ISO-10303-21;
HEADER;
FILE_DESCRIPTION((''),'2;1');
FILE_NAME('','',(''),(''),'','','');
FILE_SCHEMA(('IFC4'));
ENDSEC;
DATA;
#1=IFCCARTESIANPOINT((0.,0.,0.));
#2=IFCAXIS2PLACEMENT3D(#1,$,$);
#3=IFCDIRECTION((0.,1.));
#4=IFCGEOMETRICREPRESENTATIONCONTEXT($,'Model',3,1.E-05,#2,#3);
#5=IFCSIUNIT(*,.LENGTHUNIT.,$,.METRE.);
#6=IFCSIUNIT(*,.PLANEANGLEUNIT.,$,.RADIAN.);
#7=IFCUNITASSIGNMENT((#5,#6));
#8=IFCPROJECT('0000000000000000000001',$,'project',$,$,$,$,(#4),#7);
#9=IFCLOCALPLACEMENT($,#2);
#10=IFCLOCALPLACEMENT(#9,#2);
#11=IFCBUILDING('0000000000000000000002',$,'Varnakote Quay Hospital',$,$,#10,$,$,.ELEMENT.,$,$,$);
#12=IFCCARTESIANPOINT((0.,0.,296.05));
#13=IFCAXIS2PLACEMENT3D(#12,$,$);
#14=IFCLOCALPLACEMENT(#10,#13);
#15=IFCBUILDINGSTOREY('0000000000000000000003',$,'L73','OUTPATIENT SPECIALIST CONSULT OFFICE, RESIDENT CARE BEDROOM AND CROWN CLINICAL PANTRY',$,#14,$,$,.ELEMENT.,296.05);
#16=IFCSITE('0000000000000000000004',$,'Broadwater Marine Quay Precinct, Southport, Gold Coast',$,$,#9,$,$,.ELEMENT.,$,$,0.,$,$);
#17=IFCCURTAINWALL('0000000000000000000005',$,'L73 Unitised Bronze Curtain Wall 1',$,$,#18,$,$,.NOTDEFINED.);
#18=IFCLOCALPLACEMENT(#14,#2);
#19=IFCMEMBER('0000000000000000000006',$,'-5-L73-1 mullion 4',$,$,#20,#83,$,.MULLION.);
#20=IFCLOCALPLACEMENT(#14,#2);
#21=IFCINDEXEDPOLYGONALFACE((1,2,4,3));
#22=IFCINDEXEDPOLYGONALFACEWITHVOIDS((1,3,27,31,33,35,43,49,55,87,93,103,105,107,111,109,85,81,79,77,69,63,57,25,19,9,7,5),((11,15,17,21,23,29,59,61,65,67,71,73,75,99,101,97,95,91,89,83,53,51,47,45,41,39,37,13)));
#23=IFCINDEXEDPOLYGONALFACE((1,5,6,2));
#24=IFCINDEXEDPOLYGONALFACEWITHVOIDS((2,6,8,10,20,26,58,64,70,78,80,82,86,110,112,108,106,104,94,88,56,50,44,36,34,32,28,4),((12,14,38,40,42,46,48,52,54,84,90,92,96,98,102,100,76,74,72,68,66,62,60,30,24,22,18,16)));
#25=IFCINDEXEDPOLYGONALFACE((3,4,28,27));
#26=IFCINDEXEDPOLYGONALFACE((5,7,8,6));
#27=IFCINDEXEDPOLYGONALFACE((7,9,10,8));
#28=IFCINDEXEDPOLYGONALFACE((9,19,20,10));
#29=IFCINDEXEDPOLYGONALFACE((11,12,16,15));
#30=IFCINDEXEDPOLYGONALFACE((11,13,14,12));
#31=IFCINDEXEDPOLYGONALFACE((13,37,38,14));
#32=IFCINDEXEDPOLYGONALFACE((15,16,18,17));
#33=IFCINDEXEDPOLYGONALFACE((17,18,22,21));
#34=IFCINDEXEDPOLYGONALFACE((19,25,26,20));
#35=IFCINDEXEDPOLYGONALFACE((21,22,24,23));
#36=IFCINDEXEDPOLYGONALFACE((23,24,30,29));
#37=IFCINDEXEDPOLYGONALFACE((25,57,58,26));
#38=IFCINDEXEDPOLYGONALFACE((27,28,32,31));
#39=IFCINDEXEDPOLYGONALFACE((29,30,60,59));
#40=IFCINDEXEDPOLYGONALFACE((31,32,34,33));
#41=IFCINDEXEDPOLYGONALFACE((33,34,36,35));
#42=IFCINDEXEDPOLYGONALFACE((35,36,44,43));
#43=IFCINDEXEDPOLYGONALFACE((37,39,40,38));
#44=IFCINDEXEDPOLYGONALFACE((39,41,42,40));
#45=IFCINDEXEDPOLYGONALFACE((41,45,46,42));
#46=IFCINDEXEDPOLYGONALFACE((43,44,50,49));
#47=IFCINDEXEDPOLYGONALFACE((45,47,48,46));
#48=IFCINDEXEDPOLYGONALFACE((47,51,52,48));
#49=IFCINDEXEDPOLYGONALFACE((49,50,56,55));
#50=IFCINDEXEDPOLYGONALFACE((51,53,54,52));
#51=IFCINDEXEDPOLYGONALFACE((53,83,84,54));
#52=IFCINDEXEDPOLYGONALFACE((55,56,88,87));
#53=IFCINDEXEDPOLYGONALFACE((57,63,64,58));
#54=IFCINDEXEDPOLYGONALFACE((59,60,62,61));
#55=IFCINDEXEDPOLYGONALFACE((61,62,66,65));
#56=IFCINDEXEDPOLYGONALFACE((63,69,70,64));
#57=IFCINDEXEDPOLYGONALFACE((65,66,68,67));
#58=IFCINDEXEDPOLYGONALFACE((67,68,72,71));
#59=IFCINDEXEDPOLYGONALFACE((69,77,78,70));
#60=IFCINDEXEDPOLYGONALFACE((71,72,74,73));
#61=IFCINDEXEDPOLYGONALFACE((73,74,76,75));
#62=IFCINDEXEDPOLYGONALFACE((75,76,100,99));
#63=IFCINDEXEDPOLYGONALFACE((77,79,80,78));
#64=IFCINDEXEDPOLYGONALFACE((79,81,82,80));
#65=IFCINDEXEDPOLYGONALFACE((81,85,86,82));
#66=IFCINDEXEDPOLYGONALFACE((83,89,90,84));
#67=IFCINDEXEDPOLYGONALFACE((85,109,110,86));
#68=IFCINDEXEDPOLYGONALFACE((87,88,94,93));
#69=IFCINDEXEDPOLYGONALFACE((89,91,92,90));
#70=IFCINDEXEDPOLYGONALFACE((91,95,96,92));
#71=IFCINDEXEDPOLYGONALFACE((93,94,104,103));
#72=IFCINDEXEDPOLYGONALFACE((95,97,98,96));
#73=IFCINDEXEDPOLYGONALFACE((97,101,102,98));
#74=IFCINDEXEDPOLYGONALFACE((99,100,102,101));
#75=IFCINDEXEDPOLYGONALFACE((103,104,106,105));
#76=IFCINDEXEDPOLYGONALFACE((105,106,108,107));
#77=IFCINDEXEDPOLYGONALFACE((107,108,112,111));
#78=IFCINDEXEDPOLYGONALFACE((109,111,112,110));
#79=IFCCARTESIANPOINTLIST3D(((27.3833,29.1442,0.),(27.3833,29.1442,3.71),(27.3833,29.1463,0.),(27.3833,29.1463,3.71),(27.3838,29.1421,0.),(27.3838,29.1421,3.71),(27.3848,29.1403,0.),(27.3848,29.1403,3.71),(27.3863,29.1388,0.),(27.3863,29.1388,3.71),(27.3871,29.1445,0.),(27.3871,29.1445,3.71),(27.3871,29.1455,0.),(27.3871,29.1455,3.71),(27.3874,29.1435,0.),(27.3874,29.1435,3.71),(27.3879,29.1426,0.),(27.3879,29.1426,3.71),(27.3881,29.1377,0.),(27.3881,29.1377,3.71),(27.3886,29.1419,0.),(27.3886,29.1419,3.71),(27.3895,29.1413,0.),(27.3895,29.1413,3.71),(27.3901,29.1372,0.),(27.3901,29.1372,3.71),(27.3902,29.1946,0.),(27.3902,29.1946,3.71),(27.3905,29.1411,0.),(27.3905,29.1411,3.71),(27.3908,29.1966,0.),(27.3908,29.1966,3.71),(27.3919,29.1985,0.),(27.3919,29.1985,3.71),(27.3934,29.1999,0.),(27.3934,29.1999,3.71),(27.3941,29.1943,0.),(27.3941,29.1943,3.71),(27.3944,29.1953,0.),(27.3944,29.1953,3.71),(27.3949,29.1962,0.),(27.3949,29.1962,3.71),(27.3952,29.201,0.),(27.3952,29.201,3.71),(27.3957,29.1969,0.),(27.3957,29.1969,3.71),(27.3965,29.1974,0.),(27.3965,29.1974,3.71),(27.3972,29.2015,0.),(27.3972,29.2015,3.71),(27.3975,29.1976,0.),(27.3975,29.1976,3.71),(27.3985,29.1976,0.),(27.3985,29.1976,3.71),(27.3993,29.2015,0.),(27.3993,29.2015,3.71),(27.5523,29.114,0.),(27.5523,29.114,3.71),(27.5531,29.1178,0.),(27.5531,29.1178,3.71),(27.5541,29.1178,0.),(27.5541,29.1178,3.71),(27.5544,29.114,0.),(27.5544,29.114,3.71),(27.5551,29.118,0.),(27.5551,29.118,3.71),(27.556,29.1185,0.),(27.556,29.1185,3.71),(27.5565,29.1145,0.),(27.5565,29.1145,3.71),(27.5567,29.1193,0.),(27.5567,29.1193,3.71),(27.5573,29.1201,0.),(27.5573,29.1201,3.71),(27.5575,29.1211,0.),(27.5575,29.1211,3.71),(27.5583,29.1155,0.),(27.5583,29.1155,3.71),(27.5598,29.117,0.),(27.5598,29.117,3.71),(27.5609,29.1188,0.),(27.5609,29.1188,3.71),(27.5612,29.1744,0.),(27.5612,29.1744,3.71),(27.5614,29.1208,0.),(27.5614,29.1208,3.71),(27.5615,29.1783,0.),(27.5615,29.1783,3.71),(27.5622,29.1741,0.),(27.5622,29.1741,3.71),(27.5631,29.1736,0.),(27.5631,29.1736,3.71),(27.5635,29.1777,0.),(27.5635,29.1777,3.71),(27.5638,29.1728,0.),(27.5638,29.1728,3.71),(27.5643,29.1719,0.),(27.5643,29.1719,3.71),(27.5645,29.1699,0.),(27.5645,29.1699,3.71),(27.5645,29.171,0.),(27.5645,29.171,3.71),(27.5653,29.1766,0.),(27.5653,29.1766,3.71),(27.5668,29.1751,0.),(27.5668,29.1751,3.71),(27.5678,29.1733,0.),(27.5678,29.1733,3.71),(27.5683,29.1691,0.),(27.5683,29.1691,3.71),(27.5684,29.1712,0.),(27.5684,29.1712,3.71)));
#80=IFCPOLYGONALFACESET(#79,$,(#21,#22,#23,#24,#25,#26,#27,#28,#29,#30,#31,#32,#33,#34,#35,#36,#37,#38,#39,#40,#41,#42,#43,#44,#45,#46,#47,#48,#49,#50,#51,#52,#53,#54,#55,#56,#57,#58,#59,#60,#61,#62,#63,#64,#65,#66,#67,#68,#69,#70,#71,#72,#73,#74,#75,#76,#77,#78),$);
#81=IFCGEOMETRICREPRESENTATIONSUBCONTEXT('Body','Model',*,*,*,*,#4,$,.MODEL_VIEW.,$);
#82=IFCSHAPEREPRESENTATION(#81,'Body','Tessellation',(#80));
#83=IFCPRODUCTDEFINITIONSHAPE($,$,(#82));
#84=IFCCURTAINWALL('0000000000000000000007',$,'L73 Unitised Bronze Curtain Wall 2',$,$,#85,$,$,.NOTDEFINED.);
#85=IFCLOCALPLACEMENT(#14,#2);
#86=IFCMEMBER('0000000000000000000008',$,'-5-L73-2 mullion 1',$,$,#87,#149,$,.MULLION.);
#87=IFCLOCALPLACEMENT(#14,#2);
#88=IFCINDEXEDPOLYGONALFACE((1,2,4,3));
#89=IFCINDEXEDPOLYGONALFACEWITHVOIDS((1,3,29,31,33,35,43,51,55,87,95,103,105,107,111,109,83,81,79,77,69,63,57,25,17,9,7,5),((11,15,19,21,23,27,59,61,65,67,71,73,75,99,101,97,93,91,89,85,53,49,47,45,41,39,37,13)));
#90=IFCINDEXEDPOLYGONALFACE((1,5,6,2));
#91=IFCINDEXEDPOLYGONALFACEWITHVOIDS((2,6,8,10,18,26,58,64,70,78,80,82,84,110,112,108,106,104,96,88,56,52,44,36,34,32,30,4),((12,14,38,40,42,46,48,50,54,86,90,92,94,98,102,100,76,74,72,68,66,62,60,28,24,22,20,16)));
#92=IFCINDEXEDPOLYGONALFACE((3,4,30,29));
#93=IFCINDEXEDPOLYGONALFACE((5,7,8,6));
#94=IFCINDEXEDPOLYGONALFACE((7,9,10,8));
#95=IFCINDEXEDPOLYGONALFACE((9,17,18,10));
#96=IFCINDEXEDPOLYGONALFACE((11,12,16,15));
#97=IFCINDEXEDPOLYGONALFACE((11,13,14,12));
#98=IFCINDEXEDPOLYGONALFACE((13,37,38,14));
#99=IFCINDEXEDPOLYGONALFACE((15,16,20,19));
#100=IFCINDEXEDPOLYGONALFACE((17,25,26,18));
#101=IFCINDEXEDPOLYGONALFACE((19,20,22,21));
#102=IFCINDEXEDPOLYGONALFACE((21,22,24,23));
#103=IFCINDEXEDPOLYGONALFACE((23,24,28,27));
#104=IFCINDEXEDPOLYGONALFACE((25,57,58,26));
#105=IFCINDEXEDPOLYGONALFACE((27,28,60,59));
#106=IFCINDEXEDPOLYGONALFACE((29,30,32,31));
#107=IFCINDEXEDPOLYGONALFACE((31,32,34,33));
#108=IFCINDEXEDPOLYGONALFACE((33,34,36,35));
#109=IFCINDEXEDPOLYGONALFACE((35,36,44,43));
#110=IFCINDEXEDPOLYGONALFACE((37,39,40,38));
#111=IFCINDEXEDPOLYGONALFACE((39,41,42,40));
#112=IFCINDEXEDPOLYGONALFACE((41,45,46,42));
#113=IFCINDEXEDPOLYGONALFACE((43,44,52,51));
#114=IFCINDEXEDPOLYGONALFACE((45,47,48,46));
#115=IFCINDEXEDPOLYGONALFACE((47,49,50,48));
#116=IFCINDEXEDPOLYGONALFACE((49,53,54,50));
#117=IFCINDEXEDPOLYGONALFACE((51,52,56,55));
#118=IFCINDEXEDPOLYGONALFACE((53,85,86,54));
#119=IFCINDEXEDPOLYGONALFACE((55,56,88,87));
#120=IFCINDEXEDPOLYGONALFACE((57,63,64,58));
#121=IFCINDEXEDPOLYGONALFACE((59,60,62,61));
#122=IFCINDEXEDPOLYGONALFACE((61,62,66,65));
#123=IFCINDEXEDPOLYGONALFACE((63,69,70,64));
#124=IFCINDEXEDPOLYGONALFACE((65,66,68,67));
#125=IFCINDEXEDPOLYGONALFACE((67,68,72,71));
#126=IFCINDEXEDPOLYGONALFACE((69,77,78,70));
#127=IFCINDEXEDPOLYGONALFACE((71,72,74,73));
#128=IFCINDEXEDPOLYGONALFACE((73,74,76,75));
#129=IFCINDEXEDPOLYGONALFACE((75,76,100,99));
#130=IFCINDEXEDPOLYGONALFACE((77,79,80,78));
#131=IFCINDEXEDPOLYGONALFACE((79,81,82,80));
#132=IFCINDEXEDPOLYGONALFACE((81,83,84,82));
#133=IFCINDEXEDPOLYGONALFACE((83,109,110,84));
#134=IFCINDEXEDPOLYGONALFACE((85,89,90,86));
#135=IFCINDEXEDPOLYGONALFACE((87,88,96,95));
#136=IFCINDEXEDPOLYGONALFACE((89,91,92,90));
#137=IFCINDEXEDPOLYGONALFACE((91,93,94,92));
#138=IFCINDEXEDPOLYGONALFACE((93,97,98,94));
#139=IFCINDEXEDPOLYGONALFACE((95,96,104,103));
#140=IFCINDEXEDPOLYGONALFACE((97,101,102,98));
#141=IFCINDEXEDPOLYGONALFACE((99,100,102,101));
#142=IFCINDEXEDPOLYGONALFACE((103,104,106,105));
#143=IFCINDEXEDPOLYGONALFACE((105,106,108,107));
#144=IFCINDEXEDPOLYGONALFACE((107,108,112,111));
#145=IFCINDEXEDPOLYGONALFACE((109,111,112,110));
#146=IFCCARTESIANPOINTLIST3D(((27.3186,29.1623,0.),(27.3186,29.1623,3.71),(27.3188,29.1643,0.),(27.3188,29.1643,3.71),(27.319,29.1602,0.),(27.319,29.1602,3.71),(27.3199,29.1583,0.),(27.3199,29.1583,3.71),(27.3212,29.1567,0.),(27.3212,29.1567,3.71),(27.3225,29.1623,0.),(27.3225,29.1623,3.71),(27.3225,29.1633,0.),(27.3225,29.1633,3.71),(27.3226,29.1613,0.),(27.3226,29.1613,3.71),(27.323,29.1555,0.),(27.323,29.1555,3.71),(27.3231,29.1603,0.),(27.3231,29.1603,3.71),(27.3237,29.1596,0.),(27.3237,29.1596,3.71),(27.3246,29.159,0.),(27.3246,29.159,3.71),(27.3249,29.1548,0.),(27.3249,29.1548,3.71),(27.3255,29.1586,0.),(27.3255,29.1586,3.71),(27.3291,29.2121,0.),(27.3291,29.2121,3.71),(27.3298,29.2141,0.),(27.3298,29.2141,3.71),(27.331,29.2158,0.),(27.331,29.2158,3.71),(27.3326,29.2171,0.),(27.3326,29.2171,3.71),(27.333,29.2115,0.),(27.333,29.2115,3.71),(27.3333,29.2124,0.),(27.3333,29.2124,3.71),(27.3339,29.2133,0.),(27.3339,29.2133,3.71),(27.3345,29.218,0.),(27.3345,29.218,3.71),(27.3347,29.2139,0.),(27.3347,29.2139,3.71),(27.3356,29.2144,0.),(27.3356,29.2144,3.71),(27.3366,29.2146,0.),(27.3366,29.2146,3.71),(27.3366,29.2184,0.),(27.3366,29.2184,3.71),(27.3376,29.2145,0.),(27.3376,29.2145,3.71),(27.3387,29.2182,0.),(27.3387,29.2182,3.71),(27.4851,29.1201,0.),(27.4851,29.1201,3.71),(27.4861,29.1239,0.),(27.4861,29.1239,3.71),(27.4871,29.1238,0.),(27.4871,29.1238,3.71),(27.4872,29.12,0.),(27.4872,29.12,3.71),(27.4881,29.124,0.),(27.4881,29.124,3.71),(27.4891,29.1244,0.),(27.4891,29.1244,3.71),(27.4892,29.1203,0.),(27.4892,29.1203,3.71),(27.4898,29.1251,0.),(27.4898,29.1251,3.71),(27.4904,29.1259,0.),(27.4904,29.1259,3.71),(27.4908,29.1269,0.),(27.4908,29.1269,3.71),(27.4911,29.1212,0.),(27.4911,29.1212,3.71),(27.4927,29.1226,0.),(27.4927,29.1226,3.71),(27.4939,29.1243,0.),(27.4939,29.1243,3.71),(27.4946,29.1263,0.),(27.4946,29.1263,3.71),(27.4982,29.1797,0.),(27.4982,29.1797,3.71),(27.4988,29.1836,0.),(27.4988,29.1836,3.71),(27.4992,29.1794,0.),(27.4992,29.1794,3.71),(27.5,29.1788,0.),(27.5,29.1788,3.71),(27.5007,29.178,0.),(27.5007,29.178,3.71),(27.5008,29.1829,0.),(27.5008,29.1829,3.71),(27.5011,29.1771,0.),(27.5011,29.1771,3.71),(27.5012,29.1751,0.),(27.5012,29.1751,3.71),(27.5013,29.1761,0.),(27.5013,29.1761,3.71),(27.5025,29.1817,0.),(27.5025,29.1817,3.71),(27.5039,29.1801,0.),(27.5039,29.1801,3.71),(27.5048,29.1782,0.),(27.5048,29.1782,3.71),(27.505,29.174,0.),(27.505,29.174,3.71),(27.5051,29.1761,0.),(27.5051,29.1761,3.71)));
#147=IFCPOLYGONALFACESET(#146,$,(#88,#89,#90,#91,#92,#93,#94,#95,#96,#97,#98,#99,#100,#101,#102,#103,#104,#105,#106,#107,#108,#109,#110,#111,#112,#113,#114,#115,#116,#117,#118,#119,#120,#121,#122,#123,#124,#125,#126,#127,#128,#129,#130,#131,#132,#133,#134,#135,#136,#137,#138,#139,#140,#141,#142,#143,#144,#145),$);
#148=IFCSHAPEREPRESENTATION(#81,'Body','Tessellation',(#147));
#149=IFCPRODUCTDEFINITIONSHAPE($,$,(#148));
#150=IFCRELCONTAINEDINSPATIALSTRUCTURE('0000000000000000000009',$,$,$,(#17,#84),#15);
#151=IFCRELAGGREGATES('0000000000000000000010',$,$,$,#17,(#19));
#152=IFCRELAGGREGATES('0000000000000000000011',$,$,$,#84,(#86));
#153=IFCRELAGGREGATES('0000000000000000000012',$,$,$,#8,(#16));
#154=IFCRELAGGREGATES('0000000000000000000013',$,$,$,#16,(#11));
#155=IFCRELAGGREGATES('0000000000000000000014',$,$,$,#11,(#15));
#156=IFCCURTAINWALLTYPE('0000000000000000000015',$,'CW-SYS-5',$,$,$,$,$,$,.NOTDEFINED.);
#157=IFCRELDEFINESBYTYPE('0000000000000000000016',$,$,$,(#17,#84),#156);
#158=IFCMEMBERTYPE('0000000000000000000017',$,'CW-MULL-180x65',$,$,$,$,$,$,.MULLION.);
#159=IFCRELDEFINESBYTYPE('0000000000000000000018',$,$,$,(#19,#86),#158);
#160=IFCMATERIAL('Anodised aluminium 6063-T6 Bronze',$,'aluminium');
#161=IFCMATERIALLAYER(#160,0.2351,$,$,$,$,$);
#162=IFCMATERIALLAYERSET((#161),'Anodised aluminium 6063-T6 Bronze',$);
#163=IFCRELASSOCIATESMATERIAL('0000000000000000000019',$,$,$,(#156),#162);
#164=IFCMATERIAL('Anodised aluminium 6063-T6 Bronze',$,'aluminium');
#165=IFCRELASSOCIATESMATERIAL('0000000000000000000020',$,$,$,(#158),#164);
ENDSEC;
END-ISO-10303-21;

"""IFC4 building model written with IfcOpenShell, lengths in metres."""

from ifc_helpers import new_model, si_unit, direction, frame, origin, origin_2d, place, context, subcontext, project, spatial, hollow_rectangle, extrude, material, layer, layer_set, material_profile, profile_set, type_object, element, aggregate, save


model = new_model("IFC4")

# Units and contexts
model_context = context("Model", 3, precision=1e-05, world=origin(), true_north=direction((0.0, 1.0)))
body_context = subcontext(model_context, "Body", "Model", "MODEL_VIEW")
ifc_project = project(units=[si_unit("LENGTHUNIT", "METRE"), si_unit("PLANEANGLEUNIT", "RADIAN")], contexts=[model_context])

# Site, building, storey
site_placement = place(None, origin())
site = spatial("IfcSite", under=ifc_project, at=site_placement, Name="Broadwater Marine Quay Precinct, Southport, Gold Coast", CompositionType="ELEMENT", RefElevation=0.0)
building_placement = place(site_placement, origin())
building = spatial("IfcBuilding", under=site, at=building_placement, Name="Varnakote Quay Hospital", CompositionType="ELEMENT")
storey_placement = place(building_placement, frame((0.0, 0.0, 296.05)))
storey = spatial("IfcBuildingStorey", under=building, at=storey_placement, Name="L73", Description="OUTPATIENT SPECIALIST CONSULT OFFICE, RESIDENT CARE BEDROOM AND CROWN CLINICAL PANTRY", CompositionType="ELEMENT", Elevation=296.05)

# Curtain wall, member
ifc_material_1 = material(Name="Anodised aluminium 6063-T6 Bronze", Category="aluminium")
ifc_layer_1 = layer(ifc_material_1, 0.2351)
ifc_layer_set_1 = layer_set([ifc_layer_1], Name="Anodised aluminium 6063-T6 Bronze")
curtain_wall_type = type_object("IfcCurtainWallType", Name="CW-SYS-5", PredefinedType="NOTDEFINED", material=ifc_layer_set_1)
curtain_wall_1_placement = place(storey_placement, origin())
curtain_wall_1 = element("IfcCurtainWall", 1, at=curtain_wall_1_placement, inside=storey, type_object=curtain_wall_type, Name="L73 Unitised Bronze Curtain Wall 1", PredefinedType="NOTDEFINED")
ifc_material_2 = material(Name="Anodised aluminium 6063-T6 Bronze", Category="aluminium")
ifc_material_profile_1 = material_profile(ifc_material_2, hollow_rectangle(XDim=0.0649, YDim=0.1799, WallThickness=0.0039, InnerFilletRadius=0.0039, OuterFilletRadius=0.0081, at=origin_2d()), Name="CW-MULL-180x65")
ifc_profile_set_1 = profile_set([ifc_material_profile_1], Name="Anodised aluminium 6063-T6 Bronze")
member_type_1 = type_object("IfcMemberType", Name="CW-MULL-180x65", PredefinedType="MULLION", material=ifc_profile_set_1)
member_1_placement = place(storey_placement, frame((27.4758, 29.1577, 0.0), z_axis=(0.0, 0.0, 1.0), x_axis=(-0.141572, -0.989928, 0.0)))
member_1 = element("IfcMember", 2, at=member_1_placement, type_object=member_type_1, Name="-5-L73-1 mullion 4", PredefinedType="MULLION", context=body_context, shape_type="SweptSolid", body=[
    extrude(hollow_rectangle(XDim=0.0649, YDim=0.1799, WallThickness=0.0039, InnerFilletRadius=0.0039, OuterFilletRadius=0.0081, at=origin_2d()), origin(), (0.0, 0.0, 1.0), 3.71),
])

# Curtain wall, member
curtain_wall_2_placement = place(storey_placement, origin())
curtain_wall_2 = element("IfcCurtainWall", 3, at=curtain_wall_2_placement, inside=storey, type_object=curtain_wall_type, Name="L73 Unitised Bronze Curtain Wall 2", PredefinedType="NOTDEFINED")
member_2_placement = place(storey_placement, frame((27.4119, 29.1692, 0.0), z_axis=(0.0, 0.0, 1.0), x_axis=(-0.211408, -0.977398, 0.0)))
member_2 = element("IfcMember", 4, at=member_2_placement, type_object=member_type_1, Name="-5-L73-2 mullion 1", PredefinedType="MULLION", context=body_context, shape_type="SweptSolid", body=[
    extrude(hollow_rectangle(XDim=0.0649, YDim=0.1799, WallThickness=0.0039, InnerFilletRadius=0.0039, OuterFilletRadius=0.0081, at=origin_2d()), origin(), (0.0, 0.0, 1.0), 3.71),
])

aggregate(curtain_wall_1, [member_1])
aggregate(curtain_wall_2, [member_2])

save(model, "model.ifc")
